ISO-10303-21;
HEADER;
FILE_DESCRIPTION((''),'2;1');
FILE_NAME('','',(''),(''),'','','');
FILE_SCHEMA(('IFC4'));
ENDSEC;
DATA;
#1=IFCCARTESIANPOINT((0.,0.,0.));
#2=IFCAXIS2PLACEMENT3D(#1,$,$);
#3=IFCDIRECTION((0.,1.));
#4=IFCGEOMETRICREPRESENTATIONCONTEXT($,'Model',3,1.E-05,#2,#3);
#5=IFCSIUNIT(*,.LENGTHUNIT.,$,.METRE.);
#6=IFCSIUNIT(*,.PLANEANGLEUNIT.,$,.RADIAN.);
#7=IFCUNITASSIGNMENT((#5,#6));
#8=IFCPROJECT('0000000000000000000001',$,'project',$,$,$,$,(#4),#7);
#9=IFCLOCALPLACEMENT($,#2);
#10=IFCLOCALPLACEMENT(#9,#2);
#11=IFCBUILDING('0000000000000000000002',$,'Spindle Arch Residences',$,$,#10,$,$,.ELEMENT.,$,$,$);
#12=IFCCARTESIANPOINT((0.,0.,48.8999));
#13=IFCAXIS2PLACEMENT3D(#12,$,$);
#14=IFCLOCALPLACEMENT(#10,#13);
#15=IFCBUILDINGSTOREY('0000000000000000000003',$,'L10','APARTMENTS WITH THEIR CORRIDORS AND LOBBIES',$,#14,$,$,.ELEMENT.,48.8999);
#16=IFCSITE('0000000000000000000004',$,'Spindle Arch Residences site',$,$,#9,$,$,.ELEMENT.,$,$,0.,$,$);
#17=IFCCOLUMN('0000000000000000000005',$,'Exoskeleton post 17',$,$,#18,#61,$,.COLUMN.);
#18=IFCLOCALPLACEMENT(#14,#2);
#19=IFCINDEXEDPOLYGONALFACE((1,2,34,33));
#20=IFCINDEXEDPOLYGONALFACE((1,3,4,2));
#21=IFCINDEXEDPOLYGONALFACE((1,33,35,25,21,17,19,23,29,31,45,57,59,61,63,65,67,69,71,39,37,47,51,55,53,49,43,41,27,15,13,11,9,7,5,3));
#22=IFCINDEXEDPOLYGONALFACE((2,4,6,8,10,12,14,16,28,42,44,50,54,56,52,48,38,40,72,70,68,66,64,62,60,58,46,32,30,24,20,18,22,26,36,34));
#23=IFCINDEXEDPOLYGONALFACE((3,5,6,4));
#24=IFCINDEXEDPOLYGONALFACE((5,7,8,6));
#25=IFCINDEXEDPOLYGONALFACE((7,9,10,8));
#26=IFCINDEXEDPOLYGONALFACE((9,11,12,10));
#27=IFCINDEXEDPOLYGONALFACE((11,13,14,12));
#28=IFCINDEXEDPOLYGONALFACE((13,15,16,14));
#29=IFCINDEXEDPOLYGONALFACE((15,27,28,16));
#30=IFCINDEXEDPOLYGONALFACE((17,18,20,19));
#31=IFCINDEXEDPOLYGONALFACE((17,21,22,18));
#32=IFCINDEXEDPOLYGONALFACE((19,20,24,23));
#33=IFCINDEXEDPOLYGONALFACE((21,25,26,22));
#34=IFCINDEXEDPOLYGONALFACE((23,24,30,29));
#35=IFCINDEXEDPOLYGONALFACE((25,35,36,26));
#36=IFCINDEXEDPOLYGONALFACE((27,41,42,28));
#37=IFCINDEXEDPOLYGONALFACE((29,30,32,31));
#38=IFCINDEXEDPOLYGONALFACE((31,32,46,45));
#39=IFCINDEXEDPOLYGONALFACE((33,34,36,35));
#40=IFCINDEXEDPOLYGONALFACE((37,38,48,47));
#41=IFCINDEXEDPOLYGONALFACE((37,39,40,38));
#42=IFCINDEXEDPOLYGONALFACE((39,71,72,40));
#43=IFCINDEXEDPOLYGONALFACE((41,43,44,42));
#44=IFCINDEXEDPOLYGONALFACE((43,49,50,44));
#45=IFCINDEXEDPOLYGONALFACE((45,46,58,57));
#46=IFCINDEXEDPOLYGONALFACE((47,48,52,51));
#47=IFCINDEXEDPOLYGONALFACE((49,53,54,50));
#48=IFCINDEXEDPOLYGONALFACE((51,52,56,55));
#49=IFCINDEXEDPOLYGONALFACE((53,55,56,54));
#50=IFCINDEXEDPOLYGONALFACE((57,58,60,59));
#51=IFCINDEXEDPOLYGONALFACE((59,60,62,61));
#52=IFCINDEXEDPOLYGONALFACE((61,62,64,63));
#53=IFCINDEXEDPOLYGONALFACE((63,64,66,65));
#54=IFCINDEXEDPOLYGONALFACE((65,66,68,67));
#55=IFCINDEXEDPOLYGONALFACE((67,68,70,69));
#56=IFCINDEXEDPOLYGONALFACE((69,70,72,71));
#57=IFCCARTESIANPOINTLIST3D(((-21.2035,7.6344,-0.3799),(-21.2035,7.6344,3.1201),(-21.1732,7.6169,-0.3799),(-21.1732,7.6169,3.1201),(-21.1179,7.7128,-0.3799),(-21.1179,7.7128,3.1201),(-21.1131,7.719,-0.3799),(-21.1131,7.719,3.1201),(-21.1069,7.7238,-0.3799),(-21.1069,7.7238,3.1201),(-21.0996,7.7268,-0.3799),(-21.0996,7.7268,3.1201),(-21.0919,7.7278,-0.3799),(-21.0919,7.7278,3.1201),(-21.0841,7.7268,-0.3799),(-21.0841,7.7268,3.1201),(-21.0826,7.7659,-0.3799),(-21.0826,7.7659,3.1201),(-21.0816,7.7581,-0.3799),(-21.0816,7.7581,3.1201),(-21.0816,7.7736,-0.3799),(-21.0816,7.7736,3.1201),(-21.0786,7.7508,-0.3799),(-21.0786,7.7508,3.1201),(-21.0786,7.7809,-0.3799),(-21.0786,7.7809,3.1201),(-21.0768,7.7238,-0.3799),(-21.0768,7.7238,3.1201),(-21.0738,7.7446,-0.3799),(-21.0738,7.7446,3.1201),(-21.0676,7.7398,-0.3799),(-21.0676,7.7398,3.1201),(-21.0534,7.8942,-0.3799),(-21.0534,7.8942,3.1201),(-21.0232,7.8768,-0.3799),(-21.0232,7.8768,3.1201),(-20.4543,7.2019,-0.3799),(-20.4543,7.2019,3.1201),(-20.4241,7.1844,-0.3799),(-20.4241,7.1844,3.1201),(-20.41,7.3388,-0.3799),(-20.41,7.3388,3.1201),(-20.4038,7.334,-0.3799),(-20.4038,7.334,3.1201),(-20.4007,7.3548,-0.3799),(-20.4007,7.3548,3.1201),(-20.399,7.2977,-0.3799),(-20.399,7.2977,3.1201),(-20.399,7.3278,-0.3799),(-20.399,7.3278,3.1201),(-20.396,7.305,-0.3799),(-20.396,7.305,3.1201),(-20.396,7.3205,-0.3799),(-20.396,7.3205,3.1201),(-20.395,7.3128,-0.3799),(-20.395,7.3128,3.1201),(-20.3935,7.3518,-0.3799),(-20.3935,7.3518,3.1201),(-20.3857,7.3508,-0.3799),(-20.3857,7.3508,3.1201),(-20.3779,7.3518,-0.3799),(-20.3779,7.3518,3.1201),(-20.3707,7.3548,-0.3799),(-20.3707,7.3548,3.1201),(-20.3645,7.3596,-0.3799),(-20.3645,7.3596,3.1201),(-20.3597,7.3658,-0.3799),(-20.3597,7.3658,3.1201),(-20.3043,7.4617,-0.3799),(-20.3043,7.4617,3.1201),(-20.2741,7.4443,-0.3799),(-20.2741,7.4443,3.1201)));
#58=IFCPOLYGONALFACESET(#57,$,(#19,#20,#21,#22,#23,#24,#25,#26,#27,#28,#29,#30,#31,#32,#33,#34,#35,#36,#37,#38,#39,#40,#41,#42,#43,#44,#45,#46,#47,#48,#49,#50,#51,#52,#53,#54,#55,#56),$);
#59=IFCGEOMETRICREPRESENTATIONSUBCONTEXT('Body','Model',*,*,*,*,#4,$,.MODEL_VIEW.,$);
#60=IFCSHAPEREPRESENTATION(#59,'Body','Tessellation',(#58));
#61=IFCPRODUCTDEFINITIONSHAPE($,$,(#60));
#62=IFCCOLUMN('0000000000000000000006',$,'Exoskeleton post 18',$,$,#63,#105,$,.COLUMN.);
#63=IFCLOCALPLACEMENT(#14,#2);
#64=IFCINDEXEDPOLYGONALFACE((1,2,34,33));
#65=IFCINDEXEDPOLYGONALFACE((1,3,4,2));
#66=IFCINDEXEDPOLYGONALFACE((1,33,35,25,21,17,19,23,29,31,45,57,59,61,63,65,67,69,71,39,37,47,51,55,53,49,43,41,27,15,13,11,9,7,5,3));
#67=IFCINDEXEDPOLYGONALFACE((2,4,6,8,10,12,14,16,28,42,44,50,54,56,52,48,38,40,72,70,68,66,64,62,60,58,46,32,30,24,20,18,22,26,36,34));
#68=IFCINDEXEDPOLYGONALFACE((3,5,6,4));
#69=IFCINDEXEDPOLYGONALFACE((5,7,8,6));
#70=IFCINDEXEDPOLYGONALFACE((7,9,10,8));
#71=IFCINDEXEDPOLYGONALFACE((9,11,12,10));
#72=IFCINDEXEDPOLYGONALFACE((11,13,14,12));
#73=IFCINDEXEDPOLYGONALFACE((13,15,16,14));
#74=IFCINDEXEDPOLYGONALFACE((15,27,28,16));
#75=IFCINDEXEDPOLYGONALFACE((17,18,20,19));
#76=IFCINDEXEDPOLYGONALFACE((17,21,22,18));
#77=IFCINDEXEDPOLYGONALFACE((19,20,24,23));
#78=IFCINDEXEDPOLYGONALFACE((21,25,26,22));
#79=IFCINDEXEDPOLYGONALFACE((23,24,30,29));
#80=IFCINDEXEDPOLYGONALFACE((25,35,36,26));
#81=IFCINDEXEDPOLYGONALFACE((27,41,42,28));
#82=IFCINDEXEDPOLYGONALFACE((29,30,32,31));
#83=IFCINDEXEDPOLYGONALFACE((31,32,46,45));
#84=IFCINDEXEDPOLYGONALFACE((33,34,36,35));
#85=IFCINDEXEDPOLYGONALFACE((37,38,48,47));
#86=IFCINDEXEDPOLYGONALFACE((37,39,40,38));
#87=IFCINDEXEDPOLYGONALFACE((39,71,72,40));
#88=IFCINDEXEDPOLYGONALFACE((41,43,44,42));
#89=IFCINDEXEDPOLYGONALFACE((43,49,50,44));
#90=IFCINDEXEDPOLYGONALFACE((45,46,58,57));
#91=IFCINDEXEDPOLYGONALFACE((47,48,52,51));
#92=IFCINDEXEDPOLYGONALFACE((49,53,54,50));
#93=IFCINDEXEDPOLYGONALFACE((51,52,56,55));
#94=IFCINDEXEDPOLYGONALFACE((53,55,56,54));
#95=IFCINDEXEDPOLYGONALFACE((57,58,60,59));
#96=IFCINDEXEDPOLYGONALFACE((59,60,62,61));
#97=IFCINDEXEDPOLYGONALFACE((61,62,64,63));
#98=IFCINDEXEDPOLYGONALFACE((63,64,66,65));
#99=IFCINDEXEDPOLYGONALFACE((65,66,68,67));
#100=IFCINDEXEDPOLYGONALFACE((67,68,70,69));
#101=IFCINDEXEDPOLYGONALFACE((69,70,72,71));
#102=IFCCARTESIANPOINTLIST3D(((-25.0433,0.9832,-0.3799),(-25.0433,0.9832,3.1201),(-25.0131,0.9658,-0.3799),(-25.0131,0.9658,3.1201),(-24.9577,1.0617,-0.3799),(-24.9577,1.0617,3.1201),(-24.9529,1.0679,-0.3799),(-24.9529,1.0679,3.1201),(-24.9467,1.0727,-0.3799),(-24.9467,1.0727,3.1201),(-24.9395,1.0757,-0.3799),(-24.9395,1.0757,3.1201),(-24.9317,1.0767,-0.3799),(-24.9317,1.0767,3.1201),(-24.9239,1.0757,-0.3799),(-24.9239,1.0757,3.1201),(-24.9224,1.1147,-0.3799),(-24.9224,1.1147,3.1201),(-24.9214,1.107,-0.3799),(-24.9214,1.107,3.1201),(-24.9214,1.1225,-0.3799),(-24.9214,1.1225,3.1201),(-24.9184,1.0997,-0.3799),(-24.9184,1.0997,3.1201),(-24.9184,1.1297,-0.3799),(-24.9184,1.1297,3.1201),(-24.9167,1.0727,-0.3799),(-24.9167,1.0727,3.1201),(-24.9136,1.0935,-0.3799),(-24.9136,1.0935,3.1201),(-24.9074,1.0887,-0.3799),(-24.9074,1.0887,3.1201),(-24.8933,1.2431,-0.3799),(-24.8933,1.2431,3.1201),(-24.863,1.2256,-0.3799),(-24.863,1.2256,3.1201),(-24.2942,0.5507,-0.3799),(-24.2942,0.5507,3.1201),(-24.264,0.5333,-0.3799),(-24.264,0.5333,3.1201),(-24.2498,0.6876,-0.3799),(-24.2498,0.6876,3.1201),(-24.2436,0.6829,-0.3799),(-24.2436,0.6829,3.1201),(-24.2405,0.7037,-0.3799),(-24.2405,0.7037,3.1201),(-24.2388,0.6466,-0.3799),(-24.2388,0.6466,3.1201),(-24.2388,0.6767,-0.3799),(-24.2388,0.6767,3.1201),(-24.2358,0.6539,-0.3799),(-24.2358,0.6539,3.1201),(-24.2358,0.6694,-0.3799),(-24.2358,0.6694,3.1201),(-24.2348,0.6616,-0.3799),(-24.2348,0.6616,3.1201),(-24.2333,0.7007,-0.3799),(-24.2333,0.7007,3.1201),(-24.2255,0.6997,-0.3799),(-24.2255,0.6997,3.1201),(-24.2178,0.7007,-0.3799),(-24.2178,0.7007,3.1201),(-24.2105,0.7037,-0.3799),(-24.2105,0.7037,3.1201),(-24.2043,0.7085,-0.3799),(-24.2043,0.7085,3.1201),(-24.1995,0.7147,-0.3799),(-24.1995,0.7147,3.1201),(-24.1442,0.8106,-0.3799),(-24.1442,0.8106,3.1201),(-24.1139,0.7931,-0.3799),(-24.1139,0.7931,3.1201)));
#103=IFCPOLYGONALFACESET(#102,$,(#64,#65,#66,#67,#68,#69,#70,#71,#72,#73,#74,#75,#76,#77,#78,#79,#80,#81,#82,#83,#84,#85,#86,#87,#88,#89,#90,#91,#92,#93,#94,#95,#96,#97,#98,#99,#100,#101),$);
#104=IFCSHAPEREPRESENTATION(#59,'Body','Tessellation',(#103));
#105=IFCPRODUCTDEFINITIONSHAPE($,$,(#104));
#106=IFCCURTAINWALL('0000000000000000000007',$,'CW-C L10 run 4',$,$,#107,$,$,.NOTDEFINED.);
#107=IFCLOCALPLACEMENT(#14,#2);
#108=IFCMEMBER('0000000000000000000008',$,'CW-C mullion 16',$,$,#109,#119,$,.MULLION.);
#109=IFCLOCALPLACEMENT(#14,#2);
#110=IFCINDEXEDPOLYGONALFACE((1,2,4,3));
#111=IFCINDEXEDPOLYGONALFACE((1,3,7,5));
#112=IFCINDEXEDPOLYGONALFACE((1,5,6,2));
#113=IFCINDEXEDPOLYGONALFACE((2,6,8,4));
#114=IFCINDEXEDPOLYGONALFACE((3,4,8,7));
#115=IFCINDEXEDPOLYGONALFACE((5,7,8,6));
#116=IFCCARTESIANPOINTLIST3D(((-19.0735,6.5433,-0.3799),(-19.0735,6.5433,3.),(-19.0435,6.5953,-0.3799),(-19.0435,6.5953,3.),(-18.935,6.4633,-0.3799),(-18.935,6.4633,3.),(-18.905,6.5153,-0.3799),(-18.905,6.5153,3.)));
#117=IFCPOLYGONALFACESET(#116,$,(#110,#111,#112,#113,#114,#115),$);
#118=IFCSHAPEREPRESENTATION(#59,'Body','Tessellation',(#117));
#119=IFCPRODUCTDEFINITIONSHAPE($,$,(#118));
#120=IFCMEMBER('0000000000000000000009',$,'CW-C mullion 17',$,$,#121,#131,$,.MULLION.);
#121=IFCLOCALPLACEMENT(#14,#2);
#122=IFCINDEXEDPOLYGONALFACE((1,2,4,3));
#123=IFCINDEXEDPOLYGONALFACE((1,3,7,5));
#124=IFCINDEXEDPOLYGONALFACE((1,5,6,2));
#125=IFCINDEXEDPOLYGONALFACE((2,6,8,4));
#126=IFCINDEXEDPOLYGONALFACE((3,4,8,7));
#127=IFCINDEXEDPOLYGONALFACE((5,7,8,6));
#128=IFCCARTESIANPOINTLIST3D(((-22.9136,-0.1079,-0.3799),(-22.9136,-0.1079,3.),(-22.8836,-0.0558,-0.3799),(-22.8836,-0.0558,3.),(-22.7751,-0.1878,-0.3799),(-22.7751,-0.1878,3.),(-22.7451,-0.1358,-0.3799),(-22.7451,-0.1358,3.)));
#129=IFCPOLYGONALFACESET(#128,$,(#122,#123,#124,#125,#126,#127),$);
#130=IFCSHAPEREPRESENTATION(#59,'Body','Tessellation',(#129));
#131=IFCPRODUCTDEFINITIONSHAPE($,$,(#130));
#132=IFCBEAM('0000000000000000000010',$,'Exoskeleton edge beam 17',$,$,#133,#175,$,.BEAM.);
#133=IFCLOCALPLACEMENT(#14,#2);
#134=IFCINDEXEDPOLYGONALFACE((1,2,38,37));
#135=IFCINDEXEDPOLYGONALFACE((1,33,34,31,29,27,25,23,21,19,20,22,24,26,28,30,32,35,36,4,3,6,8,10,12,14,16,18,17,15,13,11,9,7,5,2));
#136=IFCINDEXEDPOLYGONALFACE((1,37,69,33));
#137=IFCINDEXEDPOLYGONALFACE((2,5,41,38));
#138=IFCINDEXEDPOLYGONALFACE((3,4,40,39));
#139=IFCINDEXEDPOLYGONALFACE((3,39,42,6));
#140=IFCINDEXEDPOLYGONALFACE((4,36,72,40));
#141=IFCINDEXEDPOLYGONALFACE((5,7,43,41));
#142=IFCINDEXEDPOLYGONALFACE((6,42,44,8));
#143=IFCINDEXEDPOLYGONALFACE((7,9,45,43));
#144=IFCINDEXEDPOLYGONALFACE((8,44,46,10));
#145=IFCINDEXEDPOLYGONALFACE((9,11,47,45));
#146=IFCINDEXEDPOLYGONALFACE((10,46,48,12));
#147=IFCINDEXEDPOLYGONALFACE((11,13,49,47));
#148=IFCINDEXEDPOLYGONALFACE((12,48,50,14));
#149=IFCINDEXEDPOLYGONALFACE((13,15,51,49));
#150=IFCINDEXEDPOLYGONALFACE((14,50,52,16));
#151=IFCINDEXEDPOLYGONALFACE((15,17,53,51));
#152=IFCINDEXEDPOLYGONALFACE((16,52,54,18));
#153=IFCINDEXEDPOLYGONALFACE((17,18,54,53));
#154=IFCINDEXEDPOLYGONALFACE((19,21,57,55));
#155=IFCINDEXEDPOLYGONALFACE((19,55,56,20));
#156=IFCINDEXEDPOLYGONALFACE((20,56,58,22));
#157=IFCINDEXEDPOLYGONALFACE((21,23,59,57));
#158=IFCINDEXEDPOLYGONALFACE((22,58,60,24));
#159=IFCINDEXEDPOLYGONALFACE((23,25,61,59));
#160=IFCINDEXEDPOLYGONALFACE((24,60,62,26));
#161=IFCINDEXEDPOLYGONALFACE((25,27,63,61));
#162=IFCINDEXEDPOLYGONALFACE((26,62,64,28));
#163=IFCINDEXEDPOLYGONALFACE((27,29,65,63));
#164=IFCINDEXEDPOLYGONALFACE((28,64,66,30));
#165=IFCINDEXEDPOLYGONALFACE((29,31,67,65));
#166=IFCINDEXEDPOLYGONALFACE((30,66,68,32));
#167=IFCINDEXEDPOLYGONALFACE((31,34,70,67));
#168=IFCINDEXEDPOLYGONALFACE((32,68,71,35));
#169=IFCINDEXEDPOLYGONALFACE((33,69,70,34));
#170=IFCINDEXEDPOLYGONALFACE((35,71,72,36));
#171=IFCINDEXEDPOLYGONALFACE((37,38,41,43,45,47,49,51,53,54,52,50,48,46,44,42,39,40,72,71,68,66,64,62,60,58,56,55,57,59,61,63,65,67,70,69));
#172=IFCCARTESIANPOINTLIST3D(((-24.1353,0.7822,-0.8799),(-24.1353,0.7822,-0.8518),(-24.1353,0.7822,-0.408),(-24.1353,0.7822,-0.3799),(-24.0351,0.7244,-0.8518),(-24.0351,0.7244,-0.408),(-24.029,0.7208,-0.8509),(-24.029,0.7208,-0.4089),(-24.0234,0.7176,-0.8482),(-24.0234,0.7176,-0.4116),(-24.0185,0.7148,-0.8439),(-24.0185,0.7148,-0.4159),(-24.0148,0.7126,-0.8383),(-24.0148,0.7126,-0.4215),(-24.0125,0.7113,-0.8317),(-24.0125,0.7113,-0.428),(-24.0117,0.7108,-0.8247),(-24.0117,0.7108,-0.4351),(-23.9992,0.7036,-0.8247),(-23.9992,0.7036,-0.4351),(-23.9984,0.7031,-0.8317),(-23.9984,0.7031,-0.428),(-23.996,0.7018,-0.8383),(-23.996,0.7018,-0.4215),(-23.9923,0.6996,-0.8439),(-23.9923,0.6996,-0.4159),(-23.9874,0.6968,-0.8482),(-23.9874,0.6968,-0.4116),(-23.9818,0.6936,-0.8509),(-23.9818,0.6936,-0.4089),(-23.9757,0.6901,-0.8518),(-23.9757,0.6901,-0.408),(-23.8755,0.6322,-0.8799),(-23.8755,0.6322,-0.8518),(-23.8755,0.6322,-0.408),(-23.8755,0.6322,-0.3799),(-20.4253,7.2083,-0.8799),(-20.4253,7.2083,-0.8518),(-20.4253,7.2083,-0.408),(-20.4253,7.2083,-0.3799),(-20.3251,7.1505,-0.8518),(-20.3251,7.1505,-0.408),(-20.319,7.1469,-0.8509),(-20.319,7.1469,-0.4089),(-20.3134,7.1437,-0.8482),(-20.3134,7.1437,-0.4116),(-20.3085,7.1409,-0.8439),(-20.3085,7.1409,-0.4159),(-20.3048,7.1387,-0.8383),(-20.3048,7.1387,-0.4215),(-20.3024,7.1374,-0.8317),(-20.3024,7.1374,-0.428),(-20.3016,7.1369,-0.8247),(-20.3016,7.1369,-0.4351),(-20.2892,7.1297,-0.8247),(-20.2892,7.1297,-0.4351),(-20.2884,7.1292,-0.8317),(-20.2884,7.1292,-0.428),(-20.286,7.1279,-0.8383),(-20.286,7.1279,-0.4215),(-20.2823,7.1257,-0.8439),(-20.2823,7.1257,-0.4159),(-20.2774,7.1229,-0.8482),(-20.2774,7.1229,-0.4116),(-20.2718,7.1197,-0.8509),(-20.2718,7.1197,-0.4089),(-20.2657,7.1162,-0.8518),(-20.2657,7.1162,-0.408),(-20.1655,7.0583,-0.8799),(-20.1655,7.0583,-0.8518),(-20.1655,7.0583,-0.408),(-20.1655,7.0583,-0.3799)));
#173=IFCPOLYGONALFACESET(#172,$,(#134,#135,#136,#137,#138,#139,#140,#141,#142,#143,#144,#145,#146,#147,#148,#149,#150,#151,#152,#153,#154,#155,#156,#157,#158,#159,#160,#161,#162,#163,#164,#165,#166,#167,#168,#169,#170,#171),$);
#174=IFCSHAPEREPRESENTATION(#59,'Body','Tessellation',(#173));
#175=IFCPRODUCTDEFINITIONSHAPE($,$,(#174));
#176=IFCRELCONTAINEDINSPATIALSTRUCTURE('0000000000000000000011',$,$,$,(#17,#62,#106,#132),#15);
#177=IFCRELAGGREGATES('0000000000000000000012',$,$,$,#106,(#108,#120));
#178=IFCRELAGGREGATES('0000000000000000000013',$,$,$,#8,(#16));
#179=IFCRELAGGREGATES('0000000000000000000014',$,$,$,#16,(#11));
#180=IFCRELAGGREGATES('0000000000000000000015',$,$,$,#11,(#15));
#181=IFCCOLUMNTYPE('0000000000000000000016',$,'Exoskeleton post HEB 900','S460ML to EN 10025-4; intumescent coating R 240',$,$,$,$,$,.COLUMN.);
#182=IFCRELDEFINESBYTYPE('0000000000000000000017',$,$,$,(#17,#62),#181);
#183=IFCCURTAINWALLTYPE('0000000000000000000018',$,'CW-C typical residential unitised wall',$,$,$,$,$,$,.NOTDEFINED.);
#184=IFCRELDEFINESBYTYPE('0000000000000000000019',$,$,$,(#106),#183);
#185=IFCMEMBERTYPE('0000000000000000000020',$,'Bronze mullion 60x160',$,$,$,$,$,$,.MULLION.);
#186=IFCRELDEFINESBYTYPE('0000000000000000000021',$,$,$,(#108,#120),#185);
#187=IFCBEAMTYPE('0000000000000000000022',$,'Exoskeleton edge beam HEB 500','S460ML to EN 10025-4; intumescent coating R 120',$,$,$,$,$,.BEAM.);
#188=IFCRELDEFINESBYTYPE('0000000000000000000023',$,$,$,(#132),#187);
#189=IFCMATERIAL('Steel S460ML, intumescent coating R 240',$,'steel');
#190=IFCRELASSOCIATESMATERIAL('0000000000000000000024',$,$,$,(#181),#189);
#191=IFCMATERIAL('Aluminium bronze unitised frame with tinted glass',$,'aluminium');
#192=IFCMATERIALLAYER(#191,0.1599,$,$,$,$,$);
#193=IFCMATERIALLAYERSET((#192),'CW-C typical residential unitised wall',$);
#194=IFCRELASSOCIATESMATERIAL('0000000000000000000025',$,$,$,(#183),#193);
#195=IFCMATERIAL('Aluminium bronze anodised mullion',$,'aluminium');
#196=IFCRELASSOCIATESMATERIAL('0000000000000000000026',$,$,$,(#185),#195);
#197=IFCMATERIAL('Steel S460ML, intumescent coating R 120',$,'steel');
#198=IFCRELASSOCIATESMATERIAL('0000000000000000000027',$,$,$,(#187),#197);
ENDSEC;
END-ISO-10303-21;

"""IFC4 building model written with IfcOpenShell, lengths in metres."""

from ifc_helpers import new_model, si_unit, direction, frame, origin, origin_2d, place, context, subcontext, project, spatial, rectangle, i_section, extrude, material, layer, layer_set, material_profile, profile_set, type_object, element, aggregate, save


model = new_model("IFC4")

# Units and contexts
model_context = context("Model", 3, precision=1e-05, world=origin(), true_north=direction((0.0, 1.0)))
body_context = subcontext(model_context, "Body", "Model", "MODEL_VIEW")
ifc_project = project(units=[si_unit("LENGTHUNIT", "METRE"), si_unit("PLANEANGLEUNIT", "RADIAN")], contexts=[model_context])

# Site, building, storey
site_placement = place(None, origin())
site = spatial("IfcSite", under=ifc_project, at=site_placement, Name="Spindle Arch Residences site", CompositionType="ELEMENT", RefElevation=0.0)
building_placement = place(site_placement, origin())
building = spatial("IfcBuilding", under=site, at=building_placement, Name="Spindle Arch Residences", CompositionType="ELEMENT")
storey_placement = place(building_placement, frame((0.0, 0.0, 48.8999)))
storey = spatial("IfcBuildingStorey", under=building, at=storey_placement, Name="L10", Description="APARTMENTS WITH THEIR CORRIDORS AND LOBBIES", CompositionType="ELEMENT", Elevation=48.8999)

# Columns
ifc_material_1 = material(Name="Steel S460ML, intumescent coating R 240", Category="steel")
ifc_material_profile_1 = material_profile(ifc_material_1, i_section(OverallWidth=0.3, OverallDepth=0.8999, WebThickness=0.0186, FlangeThickness=0.0349, FilletRadius=0.03, at=origin_2d()), Name="HEB 900")
ifc_profile_set_1 = profile_set([ifc_material_profile_1], Name="Steel S460ML, intumescent coating R 240")
column_type = type_object("IfcColumnType", Name="Exoskeleton post HEB 900", Description="S460ML to EN 10025-4; intumescent coating R 240", PredefinedType="COLUMN", material=ifc_profile_set_1)
for number, where, z_axis, x_axis, name in (
    (1, (-20.7388, 7.5393, -0.3799), (0.0, 0.0, 1.0), (0.5, 0.866025, 0.0), "Exoskeleton post 17"),
    (2, (-24.5786, 0.8882, -0.3799), (0.0, 0.0, 1.0), (0.5, 0.866025, 0.0), "Exoskeleton post 18"),
):
    element("IfcColumn", number, at=place(storey_placement, frame(where, z_axis=z_axis, x_axis=x_axis)), inside=storey, type_object=column_type, Name=name, PredefinedType="COLUMN", context=body_context, shape_type="SweptSolid", body=[
        extrude(i_section(OverallWidth=0.3, OverallDepth=0.8999, WebThickness=0.0186, FlangeThickness=0.0349, FilletRadius=0.03, at=origin_2d()), origin(), (0.0, 0.0, 1.0), 3.5),
    ])

# Curtain wall, members
ifc_material_2 = material(Name="Aluminium bronze unitised frame with tinted glass", Category="aluminium")
ifc_layer_1 = layer(ifc_material_2, 0.1599)
ifc_layer_set_1 = layer_set([ifc_layer_1], Name="CW-C typical residential unitised wall")
curtain_wall_type = type_object("IfcCurtainWallType", Name="CW-C typical residential unitised wall", PredefinedType="NOTDEFINED", material=ifc_layer_set_1)
curtain_wall_placement = place(storey_placement, origin())
curtain_wall = element("IfcCurtainWall", 3, at=curtain_wall_placement, inside=storey, type_object=curtain_wall_type, Name="CW-C L10 run 4", PredefinedType="NOTDEFINED")
ifc_material_3 = material(Name="Aluminium bronze anodised mullion", Category="aluminium")
ifc_material_profile_2 = material_profile(ifc_material_3, rectangle(XDim=0.1599, YDim=0.0601, at=origin_2d()), Name="MU 60x160")
ifc_profile_set_2 = profile_set([ifc_material_profile_2], Name="Aluminium bronze anodised mullion")
member_type = type_object("IfcMemberType", Name="Bronze mullion 60x160", PredefinedType="MULLION", material=ifc_profile_set_2)
member_1_placement = place(storey_placement, frame((-18.9893, 6.5293, -0.3799), z_axis=(0.0, 0.0, 1.0), x_axis=(0.866025, -0.5, 0.0)))
member_1 = element("IfcMember", 4, at=member_1_placement, type_object=member_type, Name="CW-C mullion 16", PredefinedType="MULLION", context=body_context, shape_type="SweptSolid", body=[
    extrude(rectangle(XDim=0.1599, YDim=0.0601, at=origin_2d()), origin(), (0.0, 0.0, 1.0), 3.3799),
])
member_2_placement = place(storey_placement, frame((-22.8293, -0.1218, -0.3799), z_axis=(0.0, 0.0, 1.0), x_axis=(0.866025, -0.5, 0.0)))
member_2 = element("IfcMember", 5, at=member_2_placement, type_object=member_type, Name="CW-C mullion 17", PredefinedType="MULLION", context=body_context, shape_type="SweptSolid", body=[
    extrude(rectangle(XDim=0.1599, YDim=0.0601, at=origin_2d()), origin(), (0.0, 0.0, 1.0), 3.3799),
])

# Beam
ifc_material_4 = material(Name="Steel S460ML, intumescent coating R 120", Category="steel")
ifc_material_profile_3 = material_profile(ifc_material_4, i_section(OverallWidth=0.3, OverallDepth=0.5, WebThickness=0.0144, FlangeThickness=0.0281, FilletRadius=0.0271, at=origin_2d()), Name="HEB 500")
ifc_profile_set_3 = profile_set([ifc_material_profile_3], Name="Steel S460ML, intumescent coating R 120")
beam_type_1 = type_object("IfcBeamType", Name="Exoskeleton edge beam HEB 500", Description="S460ML to EN 10025-4; intumescent coating R 120", PredefinedType="BEAM", material=ifc_profile_set_3)
for number, where, z_axis, x_axis, name in (
    (6, (-20.2954, 7.1333, -0.6299), (-0.499989, -0.866032, 0.0), (0.866032, -0.499989, 0.0), "Exoskeleton edge beam 17"),
):
    element("IfcBeam", number, at=place(storey_placement, frame(where, z_axis=z_axis, x_axis=x_axis)), inside=storey, type_object=beam_type_1, Name=name, PredefinedType="BEAM", context=body_context, shape_type="SweptSolid", body=[
        extrude(i_section(OverallWidth=0.3, OverallDepth=0.5, WebThickness=0.0144, FlangeThickness=0.0281, FilletRadius=0.0271, at=origin_2d()), origin(), (0.0, 0.0, 1.0), 7.4202),
    ])

aggregate(curtain_wall, [member_1, member_2])

save(model, "model.ifc")
